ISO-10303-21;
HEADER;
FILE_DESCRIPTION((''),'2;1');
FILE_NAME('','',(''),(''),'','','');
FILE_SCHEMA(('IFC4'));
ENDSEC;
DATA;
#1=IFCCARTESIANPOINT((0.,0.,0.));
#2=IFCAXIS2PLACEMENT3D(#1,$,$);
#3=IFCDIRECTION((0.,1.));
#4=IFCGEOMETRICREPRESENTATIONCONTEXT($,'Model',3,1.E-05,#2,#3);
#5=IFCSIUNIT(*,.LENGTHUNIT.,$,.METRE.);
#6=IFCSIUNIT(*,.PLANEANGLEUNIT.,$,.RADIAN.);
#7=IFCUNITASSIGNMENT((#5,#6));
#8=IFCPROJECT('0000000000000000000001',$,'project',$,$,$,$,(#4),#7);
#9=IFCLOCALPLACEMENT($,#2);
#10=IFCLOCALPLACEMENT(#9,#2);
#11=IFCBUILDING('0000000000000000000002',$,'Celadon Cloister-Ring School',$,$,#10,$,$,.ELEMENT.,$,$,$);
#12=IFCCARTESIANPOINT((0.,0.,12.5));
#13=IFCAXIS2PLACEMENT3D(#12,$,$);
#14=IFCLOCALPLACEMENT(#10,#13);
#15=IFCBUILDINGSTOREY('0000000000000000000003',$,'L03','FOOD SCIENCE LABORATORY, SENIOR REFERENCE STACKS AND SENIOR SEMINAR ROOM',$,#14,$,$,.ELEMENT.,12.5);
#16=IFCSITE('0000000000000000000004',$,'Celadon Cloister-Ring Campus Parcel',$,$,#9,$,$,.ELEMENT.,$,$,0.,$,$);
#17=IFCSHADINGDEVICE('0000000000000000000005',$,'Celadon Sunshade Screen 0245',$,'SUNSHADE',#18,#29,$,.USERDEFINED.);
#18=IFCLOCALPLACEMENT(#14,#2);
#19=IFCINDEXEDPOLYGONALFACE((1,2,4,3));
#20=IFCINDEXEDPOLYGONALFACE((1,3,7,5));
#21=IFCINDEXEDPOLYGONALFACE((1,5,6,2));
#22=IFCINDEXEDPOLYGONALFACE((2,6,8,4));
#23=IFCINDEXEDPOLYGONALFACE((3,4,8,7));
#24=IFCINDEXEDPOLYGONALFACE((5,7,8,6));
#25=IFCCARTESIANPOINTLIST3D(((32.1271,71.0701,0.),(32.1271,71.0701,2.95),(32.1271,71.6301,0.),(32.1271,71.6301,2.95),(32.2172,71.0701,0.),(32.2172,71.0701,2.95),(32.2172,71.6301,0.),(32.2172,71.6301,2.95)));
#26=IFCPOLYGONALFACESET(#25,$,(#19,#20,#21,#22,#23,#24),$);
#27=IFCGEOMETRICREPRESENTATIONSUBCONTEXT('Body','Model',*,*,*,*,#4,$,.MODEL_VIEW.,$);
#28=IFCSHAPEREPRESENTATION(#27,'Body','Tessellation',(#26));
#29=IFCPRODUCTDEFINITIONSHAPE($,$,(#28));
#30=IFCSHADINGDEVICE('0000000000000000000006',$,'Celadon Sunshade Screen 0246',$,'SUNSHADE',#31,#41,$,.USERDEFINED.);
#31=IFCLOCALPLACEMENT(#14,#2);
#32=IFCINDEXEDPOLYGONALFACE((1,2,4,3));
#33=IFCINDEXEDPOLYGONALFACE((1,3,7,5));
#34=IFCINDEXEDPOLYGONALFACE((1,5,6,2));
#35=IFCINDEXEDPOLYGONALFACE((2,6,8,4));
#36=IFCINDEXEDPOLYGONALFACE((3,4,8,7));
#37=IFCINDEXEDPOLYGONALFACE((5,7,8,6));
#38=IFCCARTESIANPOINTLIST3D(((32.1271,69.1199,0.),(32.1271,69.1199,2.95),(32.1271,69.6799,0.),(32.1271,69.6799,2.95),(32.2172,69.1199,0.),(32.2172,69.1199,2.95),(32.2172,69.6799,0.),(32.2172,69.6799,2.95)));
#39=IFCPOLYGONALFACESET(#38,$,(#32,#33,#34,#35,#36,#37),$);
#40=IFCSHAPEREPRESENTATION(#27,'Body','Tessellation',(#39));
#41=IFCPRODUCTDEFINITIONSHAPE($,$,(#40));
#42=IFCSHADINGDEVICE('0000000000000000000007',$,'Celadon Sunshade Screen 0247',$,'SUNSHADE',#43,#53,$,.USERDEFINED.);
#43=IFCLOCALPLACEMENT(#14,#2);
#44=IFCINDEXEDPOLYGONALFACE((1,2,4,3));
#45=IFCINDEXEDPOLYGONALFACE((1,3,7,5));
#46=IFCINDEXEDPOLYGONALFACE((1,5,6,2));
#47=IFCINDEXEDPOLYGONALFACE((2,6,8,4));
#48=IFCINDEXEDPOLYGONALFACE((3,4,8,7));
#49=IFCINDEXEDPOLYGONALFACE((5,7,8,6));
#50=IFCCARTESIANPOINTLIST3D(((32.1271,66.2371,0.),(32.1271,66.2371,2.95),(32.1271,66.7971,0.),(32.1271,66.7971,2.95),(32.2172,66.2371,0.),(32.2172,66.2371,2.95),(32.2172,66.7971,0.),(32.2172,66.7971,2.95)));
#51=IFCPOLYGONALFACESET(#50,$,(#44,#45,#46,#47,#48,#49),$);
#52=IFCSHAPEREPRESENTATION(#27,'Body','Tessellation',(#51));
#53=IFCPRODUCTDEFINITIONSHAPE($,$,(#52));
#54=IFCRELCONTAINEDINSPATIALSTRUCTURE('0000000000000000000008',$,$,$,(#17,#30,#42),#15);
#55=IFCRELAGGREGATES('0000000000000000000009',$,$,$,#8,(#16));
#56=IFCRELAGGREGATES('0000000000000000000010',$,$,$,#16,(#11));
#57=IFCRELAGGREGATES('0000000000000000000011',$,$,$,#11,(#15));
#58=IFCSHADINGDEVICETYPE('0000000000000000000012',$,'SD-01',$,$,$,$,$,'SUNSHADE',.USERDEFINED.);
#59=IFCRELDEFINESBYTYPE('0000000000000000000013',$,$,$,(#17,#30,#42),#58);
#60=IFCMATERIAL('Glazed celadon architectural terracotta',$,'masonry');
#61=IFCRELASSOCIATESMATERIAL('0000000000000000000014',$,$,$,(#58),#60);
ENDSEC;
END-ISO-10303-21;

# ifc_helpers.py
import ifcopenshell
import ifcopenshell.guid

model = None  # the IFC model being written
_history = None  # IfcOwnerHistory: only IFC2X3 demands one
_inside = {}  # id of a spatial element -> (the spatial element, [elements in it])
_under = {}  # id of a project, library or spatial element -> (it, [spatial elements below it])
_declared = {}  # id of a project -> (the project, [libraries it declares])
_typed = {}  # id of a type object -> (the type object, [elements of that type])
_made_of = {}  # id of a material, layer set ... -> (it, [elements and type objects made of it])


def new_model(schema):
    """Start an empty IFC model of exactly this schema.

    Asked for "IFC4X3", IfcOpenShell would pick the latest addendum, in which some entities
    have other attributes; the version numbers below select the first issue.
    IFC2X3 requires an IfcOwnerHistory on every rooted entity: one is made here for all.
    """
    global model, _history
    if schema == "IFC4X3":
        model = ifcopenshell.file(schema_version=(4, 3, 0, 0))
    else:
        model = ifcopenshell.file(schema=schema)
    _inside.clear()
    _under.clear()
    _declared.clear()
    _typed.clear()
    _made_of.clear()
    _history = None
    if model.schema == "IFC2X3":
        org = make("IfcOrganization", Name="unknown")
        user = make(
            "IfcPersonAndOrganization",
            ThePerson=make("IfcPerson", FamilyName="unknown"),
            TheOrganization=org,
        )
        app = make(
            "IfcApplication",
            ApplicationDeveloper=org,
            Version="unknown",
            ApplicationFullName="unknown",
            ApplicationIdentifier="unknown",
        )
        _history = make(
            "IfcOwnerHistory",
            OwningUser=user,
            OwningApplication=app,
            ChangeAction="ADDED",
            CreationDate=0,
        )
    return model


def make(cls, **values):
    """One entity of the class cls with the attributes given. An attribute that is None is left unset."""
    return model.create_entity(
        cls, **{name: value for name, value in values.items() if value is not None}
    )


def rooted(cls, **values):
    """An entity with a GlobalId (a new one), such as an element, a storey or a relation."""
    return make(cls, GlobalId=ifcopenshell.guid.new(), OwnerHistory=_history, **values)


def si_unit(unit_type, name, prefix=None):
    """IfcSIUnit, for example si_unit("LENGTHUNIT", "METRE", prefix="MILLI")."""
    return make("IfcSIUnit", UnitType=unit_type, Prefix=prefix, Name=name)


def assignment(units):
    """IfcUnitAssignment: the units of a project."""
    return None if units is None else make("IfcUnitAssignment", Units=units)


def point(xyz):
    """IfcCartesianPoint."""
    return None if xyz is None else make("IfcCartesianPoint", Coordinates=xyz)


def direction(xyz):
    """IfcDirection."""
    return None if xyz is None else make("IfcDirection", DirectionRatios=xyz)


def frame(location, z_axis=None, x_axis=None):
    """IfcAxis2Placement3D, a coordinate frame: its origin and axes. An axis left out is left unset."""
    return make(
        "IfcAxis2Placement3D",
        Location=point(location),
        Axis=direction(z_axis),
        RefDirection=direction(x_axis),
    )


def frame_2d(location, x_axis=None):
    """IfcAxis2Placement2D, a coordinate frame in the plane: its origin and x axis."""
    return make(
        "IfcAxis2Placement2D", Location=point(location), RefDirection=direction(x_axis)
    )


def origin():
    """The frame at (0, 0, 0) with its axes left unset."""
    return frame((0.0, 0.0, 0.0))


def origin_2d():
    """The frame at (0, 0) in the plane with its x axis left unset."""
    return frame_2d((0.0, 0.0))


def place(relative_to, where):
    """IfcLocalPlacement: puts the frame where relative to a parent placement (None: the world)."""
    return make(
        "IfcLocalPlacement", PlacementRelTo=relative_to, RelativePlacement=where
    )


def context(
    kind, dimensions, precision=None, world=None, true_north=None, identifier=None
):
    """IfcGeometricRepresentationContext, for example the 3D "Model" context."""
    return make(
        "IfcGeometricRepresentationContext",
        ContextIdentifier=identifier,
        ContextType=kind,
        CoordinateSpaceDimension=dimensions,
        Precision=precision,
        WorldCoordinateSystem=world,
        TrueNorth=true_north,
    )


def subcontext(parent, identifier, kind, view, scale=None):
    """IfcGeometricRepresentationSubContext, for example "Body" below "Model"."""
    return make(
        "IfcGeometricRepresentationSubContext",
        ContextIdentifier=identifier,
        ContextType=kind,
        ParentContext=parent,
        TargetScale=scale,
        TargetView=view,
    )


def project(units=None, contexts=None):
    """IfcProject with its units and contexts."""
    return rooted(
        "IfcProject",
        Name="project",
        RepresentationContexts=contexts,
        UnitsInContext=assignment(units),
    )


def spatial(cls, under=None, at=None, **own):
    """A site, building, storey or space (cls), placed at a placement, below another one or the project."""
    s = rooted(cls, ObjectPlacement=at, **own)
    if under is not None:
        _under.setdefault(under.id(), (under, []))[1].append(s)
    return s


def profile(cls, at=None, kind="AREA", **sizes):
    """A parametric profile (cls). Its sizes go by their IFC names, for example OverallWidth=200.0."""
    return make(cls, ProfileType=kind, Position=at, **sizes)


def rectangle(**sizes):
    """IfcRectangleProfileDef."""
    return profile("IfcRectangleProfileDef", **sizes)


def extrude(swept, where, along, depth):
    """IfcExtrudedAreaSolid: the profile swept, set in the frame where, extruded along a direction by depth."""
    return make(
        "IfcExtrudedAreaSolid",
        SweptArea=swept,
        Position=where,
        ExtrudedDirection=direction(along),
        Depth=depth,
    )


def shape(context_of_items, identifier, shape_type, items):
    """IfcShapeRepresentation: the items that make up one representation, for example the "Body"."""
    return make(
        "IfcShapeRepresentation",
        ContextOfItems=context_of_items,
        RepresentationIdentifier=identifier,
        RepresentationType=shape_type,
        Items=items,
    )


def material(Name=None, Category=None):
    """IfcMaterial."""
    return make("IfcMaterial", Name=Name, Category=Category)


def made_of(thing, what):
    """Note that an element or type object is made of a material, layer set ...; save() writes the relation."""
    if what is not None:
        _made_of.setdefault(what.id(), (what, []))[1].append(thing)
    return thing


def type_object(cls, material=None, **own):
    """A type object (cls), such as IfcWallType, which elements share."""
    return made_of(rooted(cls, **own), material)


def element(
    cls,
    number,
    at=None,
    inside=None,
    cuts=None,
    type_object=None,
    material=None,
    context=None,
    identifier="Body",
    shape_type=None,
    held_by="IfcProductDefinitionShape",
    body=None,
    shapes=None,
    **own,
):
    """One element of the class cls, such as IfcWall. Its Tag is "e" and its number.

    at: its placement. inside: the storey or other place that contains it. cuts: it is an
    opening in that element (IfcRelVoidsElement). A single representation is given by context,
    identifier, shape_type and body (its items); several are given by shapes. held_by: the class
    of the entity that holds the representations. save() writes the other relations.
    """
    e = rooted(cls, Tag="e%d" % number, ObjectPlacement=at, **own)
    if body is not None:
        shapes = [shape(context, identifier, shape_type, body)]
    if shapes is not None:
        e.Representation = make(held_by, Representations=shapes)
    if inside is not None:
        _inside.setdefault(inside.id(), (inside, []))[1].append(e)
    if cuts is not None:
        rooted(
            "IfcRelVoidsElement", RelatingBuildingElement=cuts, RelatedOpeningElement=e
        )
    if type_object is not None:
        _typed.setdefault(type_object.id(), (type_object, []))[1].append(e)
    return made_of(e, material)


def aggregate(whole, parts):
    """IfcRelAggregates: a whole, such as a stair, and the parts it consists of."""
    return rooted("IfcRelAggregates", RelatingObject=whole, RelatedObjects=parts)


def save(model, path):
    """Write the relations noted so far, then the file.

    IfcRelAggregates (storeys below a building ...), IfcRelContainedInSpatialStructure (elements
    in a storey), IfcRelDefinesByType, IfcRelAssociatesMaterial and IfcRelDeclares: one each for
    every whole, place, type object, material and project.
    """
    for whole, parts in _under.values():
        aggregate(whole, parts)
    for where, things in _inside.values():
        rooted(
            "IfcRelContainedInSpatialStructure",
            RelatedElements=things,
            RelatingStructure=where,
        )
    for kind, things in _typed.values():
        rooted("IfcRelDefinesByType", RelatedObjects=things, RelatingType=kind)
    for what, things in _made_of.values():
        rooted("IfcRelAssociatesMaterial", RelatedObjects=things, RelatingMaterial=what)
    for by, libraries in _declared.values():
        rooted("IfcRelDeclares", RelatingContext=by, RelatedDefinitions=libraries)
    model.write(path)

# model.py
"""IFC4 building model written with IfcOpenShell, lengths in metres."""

from ifc_helpers import new_model, si_unit, direction, frame, origin, origin_2d, place, context, subcontext, project, spatial, rectangle, extrude, material, type_object, element, save


model = new_model("IFC4")

# Units and contexts
model_context = context("Model", 3, precision=1e-05, world=origin(), true_north=direction((0.0, 1.0)))
body_context = subcontext(model_context, "Body", "Model", "MODEL_VIEW")
ifc_project = project(units=[si_unit("LENGTHUNIT", "METRE"), si_unit("PLANEANGLEUNIT", "RADIAN")], contexts=[model_context])

# Site, building, storey
site_placement = place(None, origin())
site = spatial("IfcSite", under=ifc_project, at=site_placement, Name="Celadon Cloister-Ring Campus Parcel", CompositionType="ELEMENT", RefElevation=0.0)
building_placement = place(site_placement, origin())
building = spatial("IfcBuilding", under=site, at=building_placement, Name="Celadon Cloister-Ring School", CompositionType="ELEMENT")
storey_placement = place(building_placement, frame((0.0, 0.0, 12.5)))
storey = spatial("IfcBuildingStorey", under=building, at=storey_placement, Name="L03", Description="FOOD SCIENCE LABORATORY, SENIOR REFERENCE STACKS AND SENIOR SEMINAR ROOM", CompositionType="ELEMENT", Elevation=12.5)

# Shading devices
ifc_material_1 = material(Name="Glazed celadon architectural terracotta", Category="masonry")
shading_device_type = type_object("IfcShadingDeviceType", Name="SD-01", ElementType="SUNSHADE", PredefinedType="USERDEFINED", material=ifc_material_1)
for number, where, z_axis, x_axis, name in (
    (1, (32.1721, 71.3501, 0.0), (0.0, 0.0, 1.0), (0.0, -1.0, 0.0), "Celadon Sunshade Screen 0245"),
    (2, (32.1721, 69.3999, 0.0), (0.0, 0.0, 1.0), (0.0, -1.0, 0.0), "Celadon Sunshade Screen 0246"),
    (3, (32.1721, 66.5171, 0.0), (0.0, 0.0, 1.0), (0.0, -1.0, 0.0), "Celadon Sunshade Screen 0247"),
):
    element("IfcShadingDevice", number, at=place(storey_placement, frame(where, z_axis=z_axis, x_axis=x_axis)), inside=storey, type_object=shading_device_type, Name=name, ObjectType="SUNSHADE", PredefinedType="USERDEFINED", context=body_context, shape_type="SweptSolid", body=[
        extrude(rectangle(XDim=0.5601, YDim=0.0901, at=origin_2d()), origin(), (0.0, 0.0, 1.0), 2.95),
    ])

save(model, "model.ifc")
